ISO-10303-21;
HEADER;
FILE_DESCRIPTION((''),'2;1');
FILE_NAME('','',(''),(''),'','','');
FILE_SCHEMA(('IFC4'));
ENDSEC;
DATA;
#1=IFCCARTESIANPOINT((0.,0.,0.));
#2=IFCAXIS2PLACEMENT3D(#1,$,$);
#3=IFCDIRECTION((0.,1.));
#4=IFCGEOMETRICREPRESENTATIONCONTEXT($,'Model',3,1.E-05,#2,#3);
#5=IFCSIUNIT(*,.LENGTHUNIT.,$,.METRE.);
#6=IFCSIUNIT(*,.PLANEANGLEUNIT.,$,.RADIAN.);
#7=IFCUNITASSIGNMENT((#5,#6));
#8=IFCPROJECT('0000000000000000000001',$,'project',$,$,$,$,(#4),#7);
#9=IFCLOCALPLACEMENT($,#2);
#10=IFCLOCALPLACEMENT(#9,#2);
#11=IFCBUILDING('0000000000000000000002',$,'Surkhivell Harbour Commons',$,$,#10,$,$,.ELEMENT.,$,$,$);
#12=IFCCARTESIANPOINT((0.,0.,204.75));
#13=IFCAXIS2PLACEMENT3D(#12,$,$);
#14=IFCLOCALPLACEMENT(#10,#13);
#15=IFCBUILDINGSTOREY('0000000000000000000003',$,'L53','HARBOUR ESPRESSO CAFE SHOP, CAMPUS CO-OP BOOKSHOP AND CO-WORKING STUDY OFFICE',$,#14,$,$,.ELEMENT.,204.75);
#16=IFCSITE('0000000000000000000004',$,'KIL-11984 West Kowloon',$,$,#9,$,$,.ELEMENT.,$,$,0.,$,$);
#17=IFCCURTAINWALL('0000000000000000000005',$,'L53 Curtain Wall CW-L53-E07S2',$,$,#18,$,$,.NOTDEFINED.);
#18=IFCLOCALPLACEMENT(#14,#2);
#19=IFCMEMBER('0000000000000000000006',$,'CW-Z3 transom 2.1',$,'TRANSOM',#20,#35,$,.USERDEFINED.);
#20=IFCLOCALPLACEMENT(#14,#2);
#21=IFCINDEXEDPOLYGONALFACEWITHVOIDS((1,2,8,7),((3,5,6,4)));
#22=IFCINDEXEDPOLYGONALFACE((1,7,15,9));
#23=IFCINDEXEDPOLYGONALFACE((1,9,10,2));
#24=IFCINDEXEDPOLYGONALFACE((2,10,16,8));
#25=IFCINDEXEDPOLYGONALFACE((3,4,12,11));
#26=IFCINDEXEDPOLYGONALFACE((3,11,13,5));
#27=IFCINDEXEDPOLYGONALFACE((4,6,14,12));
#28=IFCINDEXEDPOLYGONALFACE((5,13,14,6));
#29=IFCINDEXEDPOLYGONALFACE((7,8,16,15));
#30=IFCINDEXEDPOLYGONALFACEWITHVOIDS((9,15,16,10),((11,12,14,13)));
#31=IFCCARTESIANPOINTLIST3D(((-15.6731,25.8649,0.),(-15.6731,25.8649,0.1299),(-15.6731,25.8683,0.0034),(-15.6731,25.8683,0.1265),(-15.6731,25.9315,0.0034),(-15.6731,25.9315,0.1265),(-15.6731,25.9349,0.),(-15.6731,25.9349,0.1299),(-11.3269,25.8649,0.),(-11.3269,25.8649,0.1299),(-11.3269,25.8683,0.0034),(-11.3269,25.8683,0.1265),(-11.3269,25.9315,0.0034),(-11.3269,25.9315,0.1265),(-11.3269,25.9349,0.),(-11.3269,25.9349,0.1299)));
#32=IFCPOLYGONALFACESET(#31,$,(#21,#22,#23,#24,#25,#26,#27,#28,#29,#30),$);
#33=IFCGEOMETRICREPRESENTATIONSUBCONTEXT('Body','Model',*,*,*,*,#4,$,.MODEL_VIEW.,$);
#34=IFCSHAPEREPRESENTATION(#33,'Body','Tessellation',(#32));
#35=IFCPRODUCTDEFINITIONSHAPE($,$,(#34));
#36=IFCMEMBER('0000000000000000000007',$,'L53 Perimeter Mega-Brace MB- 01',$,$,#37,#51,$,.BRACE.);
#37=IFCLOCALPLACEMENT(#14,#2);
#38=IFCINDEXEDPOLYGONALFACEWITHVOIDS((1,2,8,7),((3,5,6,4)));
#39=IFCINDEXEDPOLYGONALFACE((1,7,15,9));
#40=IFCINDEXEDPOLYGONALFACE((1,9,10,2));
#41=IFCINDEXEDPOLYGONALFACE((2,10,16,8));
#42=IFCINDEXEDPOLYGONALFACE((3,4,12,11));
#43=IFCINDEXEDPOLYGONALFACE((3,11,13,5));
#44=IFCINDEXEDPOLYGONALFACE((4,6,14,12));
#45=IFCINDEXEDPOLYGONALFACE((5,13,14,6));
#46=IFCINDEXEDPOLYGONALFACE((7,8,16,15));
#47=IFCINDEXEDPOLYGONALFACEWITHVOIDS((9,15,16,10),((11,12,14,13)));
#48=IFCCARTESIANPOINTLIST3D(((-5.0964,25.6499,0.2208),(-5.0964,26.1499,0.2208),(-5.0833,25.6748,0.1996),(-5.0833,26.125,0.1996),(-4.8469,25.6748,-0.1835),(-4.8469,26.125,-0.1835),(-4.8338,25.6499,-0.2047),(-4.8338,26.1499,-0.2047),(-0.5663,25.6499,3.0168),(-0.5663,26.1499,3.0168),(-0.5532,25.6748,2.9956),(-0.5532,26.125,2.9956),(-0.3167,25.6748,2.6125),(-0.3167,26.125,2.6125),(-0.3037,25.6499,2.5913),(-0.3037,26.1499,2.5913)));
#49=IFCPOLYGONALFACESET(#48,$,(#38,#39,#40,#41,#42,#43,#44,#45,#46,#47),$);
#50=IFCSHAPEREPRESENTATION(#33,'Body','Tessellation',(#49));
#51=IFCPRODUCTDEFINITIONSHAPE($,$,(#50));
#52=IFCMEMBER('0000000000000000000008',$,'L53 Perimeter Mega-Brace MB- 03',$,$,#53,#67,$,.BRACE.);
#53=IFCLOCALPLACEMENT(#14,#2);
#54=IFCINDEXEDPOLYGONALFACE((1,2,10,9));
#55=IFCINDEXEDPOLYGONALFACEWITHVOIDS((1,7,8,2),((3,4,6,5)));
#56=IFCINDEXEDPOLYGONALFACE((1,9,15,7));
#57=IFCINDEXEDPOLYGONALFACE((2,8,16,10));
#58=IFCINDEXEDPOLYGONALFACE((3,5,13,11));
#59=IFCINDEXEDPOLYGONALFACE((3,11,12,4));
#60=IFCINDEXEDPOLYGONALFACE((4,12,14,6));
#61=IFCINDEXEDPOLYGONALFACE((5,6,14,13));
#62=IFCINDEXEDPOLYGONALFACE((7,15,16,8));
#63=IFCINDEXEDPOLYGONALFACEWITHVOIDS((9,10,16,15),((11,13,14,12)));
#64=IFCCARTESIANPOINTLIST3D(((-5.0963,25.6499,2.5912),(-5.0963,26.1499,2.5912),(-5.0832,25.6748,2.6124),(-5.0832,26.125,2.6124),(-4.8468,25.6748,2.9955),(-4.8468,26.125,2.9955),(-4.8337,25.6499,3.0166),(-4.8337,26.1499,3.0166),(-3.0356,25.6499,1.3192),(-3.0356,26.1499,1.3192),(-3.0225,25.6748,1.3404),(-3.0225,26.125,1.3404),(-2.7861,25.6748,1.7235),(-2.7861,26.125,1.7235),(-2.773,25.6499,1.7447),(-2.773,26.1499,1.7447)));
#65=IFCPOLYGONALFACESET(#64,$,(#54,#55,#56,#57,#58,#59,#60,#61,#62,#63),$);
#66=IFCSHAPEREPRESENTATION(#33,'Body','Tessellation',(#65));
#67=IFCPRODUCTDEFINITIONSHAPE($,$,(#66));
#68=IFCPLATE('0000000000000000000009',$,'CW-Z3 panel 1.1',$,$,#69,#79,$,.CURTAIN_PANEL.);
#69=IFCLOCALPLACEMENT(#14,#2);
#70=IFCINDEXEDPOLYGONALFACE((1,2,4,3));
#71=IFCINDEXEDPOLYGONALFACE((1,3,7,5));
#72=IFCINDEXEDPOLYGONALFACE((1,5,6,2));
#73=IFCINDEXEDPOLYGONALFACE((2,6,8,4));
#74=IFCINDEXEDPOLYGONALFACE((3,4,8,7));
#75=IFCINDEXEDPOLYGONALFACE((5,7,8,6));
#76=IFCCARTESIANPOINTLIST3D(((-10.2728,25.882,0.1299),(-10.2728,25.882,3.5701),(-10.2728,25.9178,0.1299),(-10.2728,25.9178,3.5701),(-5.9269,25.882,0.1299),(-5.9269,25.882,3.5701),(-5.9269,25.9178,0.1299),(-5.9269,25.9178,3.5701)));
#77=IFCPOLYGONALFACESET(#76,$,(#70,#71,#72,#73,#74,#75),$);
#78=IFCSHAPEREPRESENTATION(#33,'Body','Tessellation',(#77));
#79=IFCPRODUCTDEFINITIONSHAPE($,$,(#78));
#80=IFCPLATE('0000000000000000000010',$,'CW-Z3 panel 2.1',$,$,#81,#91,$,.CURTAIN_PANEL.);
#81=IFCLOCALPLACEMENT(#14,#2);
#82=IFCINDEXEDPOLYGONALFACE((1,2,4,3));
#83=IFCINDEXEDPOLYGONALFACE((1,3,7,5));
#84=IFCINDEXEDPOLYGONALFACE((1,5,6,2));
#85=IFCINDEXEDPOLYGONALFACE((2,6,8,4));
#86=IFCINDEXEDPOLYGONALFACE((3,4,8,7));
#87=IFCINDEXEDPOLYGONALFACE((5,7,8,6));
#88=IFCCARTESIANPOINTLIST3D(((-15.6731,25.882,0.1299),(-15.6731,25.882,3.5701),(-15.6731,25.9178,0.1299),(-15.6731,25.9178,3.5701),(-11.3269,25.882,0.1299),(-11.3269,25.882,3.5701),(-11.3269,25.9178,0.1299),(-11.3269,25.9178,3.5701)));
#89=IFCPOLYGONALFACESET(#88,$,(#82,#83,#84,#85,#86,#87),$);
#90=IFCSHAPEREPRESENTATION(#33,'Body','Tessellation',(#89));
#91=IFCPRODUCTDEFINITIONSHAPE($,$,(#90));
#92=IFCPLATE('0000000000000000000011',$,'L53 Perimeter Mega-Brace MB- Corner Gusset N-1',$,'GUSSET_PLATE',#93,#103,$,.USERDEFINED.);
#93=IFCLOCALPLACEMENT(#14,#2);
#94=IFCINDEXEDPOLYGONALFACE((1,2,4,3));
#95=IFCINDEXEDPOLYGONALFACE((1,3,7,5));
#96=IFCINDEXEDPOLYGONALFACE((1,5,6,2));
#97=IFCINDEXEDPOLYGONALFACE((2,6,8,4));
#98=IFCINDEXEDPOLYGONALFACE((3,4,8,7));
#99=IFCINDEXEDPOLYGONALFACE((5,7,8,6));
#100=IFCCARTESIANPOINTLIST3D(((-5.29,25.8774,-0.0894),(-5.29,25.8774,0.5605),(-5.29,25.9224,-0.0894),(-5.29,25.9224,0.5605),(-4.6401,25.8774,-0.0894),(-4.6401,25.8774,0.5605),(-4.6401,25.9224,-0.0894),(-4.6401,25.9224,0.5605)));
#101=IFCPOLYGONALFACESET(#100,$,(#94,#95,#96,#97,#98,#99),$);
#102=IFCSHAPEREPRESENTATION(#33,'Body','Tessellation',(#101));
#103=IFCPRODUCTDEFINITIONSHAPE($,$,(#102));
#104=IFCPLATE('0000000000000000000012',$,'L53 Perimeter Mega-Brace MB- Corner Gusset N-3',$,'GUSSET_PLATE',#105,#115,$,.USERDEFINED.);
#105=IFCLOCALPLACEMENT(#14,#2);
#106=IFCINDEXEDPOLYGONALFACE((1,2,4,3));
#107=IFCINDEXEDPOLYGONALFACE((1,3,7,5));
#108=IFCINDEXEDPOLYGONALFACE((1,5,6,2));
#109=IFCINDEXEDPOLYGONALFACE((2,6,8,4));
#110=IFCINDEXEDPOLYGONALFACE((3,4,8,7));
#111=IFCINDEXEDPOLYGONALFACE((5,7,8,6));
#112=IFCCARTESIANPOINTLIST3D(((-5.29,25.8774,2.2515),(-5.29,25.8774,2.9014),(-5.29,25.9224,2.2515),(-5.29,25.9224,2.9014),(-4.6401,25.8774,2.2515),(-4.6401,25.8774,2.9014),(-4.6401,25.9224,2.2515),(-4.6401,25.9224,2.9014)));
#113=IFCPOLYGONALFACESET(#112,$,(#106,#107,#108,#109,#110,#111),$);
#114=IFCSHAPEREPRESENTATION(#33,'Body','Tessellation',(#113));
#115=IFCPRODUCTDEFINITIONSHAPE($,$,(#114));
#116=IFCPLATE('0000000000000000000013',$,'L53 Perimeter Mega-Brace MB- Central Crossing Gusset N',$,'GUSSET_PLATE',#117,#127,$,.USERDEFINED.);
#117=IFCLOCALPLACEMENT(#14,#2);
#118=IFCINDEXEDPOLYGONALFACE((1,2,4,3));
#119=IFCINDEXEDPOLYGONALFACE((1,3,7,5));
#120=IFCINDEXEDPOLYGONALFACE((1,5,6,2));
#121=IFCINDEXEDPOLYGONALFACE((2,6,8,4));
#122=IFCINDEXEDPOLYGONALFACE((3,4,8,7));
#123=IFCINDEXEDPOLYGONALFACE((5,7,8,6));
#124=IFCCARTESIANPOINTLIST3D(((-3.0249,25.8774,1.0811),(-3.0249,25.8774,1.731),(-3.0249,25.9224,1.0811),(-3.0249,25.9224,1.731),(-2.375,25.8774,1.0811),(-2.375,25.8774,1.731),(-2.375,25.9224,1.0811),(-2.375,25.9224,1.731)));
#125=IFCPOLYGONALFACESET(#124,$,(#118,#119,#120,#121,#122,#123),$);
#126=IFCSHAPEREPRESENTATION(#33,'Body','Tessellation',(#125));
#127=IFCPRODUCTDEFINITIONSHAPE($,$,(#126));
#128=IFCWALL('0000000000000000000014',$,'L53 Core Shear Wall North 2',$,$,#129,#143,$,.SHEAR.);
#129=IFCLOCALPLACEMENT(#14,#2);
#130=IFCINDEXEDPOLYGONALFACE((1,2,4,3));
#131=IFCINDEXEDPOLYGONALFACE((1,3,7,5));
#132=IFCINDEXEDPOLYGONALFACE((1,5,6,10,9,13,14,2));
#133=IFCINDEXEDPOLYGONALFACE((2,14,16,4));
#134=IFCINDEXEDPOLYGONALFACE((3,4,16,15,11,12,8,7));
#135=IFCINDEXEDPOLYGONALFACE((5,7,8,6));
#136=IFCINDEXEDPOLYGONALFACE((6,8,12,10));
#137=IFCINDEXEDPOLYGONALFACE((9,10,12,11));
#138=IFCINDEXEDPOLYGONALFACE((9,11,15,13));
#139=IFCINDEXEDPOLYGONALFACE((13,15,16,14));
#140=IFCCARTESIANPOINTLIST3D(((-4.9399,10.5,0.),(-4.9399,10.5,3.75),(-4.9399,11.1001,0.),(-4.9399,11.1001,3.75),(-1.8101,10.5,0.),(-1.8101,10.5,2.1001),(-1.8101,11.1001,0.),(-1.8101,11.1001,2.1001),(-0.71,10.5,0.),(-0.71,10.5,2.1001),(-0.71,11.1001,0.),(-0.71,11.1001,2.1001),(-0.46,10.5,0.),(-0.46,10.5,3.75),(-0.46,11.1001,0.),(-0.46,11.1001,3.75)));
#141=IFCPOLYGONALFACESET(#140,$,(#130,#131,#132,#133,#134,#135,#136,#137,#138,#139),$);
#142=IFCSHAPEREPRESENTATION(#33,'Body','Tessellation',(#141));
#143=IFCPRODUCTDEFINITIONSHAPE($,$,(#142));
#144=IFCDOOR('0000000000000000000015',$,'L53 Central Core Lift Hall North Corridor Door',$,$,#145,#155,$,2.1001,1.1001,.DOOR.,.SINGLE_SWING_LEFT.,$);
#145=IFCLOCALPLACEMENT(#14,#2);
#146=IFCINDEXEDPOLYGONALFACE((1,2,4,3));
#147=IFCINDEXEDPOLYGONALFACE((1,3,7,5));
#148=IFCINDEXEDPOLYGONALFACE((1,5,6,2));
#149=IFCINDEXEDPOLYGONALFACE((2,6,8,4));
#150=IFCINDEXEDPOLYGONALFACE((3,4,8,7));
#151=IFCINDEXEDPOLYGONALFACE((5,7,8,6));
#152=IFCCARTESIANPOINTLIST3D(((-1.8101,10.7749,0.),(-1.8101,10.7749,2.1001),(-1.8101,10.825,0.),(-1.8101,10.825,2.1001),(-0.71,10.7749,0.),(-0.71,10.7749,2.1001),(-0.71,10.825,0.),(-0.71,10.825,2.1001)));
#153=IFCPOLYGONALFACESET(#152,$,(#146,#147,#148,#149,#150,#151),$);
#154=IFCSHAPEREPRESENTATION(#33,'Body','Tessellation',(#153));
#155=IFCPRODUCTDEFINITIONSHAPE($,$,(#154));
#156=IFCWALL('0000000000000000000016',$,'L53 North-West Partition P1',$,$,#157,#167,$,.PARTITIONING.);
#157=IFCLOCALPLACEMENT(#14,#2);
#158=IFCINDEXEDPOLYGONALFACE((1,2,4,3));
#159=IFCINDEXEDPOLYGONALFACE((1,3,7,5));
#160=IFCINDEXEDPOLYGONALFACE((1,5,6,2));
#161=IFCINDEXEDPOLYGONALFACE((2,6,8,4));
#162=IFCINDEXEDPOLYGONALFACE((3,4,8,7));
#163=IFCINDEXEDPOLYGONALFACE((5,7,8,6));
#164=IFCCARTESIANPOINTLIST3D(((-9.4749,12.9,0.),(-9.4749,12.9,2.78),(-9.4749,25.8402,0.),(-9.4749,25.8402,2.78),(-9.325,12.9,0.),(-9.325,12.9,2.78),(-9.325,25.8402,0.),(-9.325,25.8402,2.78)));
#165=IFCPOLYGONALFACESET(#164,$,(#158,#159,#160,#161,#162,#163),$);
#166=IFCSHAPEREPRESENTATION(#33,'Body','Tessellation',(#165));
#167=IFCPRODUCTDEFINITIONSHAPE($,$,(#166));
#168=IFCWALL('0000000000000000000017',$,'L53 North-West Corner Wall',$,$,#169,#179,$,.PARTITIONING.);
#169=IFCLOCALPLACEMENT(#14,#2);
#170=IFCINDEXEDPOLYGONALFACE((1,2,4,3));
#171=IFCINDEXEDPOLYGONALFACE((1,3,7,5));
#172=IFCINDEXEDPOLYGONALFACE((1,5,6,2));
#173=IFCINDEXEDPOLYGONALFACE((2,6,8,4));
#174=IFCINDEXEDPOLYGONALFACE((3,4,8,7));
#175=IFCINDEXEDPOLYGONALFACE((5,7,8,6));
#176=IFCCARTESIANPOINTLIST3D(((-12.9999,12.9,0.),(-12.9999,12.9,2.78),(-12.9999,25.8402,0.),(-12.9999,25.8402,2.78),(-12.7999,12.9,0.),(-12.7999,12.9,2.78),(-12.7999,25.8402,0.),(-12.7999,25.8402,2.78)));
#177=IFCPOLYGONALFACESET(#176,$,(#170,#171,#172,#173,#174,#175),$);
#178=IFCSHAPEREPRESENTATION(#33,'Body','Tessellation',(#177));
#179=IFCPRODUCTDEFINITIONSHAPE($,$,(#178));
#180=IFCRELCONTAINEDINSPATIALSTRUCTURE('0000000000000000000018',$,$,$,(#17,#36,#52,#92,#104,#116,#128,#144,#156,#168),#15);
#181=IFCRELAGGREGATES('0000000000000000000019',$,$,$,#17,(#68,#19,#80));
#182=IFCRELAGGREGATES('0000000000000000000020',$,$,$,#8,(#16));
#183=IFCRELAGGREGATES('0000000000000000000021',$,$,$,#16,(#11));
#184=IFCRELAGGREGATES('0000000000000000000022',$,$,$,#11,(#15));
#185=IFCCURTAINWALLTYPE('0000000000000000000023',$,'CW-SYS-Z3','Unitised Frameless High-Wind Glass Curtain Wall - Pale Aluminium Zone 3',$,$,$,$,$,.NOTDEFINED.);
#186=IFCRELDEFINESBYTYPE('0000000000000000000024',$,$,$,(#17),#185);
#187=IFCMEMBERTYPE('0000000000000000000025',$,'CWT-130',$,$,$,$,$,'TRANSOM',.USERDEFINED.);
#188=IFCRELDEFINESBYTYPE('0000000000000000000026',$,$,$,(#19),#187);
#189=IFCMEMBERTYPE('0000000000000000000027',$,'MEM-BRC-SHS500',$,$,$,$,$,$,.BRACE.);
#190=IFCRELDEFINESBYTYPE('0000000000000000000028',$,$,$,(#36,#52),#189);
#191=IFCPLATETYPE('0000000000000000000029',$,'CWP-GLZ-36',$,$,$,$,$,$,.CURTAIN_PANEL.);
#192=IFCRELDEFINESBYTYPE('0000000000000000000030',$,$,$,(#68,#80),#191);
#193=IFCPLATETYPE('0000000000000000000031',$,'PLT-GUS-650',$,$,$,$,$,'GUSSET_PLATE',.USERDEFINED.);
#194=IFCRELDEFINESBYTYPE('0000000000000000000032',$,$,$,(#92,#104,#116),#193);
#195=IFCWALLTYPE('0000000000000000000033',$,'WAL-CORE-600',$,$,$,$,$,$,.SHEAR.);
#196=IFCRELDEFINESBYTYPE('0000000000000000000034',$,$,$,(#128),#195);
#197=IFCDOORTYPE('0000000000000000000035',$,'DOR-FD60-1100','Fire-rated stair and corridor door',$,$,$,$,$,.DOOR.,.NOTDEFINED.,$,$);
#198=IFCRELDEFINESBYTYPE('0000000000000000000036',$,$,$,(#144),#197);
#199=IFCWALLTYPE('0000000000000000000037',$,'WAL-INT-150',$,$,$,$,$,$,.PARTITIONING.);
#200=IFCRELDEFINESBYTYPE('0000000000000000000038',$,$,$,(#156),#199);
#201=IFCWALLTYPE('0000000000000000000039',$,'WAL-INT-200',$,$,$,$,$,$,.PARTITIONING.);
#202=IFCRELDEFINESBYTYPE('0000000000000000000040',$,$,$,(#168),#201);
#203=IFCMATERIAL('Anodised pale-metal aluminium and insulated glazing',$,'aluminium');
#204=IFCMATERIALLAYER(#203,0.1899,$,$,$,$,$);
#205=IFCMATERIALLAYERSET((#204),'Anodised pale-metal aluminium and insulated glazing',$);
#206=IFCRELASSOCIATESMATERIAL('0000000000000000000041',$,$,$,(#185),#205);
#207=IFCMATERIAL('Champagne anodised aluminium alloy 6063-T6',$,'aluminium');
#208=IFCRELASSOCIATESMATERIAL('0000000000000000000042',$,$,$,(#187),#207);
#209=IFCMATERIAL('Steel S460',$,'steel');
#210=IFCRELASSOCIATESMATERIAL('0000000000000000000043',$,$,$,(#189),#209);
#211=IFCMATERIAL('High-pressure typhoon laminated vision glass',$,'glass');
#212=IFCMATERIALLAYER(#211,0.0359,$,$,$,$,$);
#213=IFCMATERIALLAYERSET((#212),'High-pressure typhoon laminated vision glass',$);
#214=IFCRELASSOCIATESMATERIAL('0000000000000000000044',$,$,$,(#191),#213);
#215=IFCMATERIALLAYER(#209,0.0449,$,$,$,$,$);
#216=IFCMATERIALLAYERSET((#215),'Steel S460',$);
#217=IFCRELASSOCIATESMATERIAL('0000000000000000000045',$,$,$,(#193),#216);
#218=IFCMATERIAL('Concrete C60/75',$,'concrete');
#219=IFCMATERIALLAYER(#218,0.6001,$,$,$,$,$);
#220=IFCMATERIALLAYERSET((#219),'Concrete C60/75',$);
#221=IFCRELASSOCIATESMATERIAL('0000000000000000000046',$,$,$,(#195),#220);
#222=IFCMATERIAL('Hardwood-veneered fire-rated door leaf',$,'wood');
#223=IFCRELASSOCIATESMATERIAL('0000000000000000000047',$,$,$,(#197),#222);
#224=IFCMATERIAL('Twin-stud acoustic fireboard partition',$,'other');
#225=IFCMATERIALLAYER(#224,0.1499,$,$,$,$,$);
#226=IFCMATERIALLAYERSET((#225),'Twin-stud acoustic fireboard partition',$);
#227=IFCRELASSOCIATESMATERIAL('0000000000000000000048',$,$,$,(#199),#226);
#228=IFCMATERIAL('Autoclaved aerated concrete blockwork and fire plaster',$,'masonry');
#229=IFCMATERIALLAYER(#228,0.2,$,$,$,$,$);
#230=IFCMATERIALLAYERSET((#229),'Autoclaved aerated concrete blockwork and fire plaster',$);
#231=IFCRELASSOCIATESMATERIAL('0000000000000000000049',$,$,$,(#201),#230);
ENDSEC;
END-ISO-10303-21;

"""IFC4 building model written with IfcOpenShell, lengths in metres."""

from ifc_helpers import new_model, si_unit, direction, frame, frame_2d, origin, origin_2d, place, context, subcontext, project, spatial, rectangle, hollow_rectangle, extrude, material, layer, layer_set, material_profile, profile_set, type_object, element, fill, aggregate, save


model = new_model("IFC4")

# Units and contexts
model_context = context("Model", 3, precision=1e-05, world=origin(), true_north=direction((0.0, 1.0)))
body_context = subcontext(model_context, "Body", "Model", "MODEL_VIEW")
ifc_project = project(units=[si_unit("LENGTHUNIT", "METRE"), si_unit("PLANEANGLEUNIT", "RADIAN")], contexts=[model_context])

# Site, building, storey
site_placement = place(None, origin())
site = spatial("IfcSite", under=ifc_project, at=site_placement, Name="KIL-11984 West Kowloon", CompositionType="ELEMENT", RefElevation=0.0)
building_placement = place(site_placement, origin())
building = spatial("IfcBuilding", under=site, at=building_placement, Name="Surkhivell Harbour Commons", CompositionType="ELEMENT")
storey_placement = place(building_placement, frame((0.0, 0.0, 204.75)))
storey = spatial("IfcBuildingStorey", under=building, at=storey_placement, Name="L53", Description="HARBOUR ESPRESSO CAFE SHOP, CAMPUS CO-OP BOOKSHOP AND CO-WORKING STUDY OFFICE", CompositionType="ELEMENT", Elevation=204.75)

# Shared definitions
ifc_material_1 = material(Name="Concrete C60/75", Category="concrete")

# Curtain wall, member
ifc_material_2 = material(Name="Anodised pale-metal aluminium and insulated glazing", Category="aluminium")
ifc_layer_1 = layer(ifc_material_2, 0.1899)
ifc_layer_set_1 = layer_set([ifc_layer_1], Name="Anodised pale-metal aluminium and insulated glazing")
curtain_wall_type = type_object("IfcCurtainWallType", Name="CW-SYS-Z3", Description="Unitised Frameless High-Wind Glass Curtain Wall - Pale Aluminium Zone 3", PredefinedType="NOTDEFINED", material=ifc_layer_set_1)
curtain_wall_placement = place(storey_placement, origin())
curtain_wall = element("IfcCurtainWall", 1, at=curtain_wall_placement, inside=storey, type_object=curtain_wall_type, Name="L53 Curtain Wall CW-L53-E07S2", PredefinedType="NOTDEFINED")
ifc_material_3 = material(Name="Champagne anodised aluminium alloy 6063-T6", Category="aluminium")
ifc_material_profile_1 = material_profile(ifc_material_3, hollow_rectangle(XDim=0.0701, YDim=0.1299, WallThickness=0.0034, at=origin_2d()), Name="ALU-TRAN-70x130")
ifc_profile_set_1 = profile_set([ifc_material_profile_1], Name="Champagne anodised aluminium alloy 6063-T6")
member_type_1 = type_object("IfcMemberType", Name="CWT-130", ElementType="TRANSOM", PredefinedType="USERDEFINED", material=ifc_profile_set_1)
member_1_placement = place(storey_placement, frame((-11.3269, 25.8999, 0.0649), z_axis=(-1.0, 0.0, 0.0), x_axis=(0.0, -1.0, 0.0)))
member_1 = element("IfcMember", 2, at=member_1_placement, type_object=member_type_1, Name="CW-Z3 transom 2.1", ObjectType="TRANSOM", PredefinedType="USERDEFINED", context=body_context, shape_type="SweptSolid", body=[
    extrude(hollow_rectangle(XDim=0.0701, YDim=0.1299, WallThickness=0.0034, at=origin_2d()), origin(), (0.0, 0.0, 1.0), 4.3462),
])

# Members
ifc_material_4 = material(Name="Steel S460", Category="steel")
ifc_material_profile_2 = material_profile(ifc_material_4, hollow_rectangle(XDim=0.5, YDim=0.5, WallThickness=0.0249, at=origin_2d()), Name="SHS500x500x25")
ifc_profile_set_2 = profile_set([ifc_material_profile_2], Name="Steel S460")
member_type_2 = type_object("IfcMemberType", Name="MEM-BRC-SHS500", PredefinedType="BRACE", material=ifc_profile_set_2)
member_2_placement = place(storey_placement, frame((-4.9651, 25.8999, 0.0081), z_axis=(0.850971, 0.0, 0.525213), x_axis=(0.0, 1.0, 0.0)))
element("IfcMember", 3, at=member_2_placement, inside=storey, type_object=member_type_2, Name="L53 Perimeter Mega-Brace MB- 01", PredefinedType="BRACE", context=body_context, shape_type="SweptSolid", body=[
    extrude(hollow_rectangle(XDim=0.5, YDim=0.5, WallThickness=0.0249, at=origin_2d()), origin(), (0.0, 0.0, 1.0), 5.3235),
])
member_3_placement = place(storey_placement, frame((-2.9043, 25.8999, 1.532), z_axis=(-0.850958, 0.0, 0.525233), x_axis=(0.0, -1.0, 0.0)))
element("IfcMember", 4, at=member_3_placement, inside=storey, type_object=member_type_2, Name="L53 Perimeter Mega-Brace MB- 03", PredefinedType="BRACE", context=body_context, shape_type="SweptSolid", body=[
    extrude(hollow_rectangle(XDim=0.5, YDim=0.5, WallThickness=0.0249, at=origin_2d()), origin(), (0.0, 0.0, 1.0), 2.4216),
])

# Plates
ifc_material_5 = material(Name="High-pressure typhoon laminated vision glass", Category="glass")
ifc_layer_2 = layer(ifc_material_5, 0.0359)
ifc_layer_set_2 = layer_set([ifc_layer_2], Name="High-pressure typhoon laminated vision glass")
plate_type_1 = type_object("IfcPlateType", Name="CWP-GLZ-36", PredefinedType="CURTAIN_PANEL", material=ifc_layer_set_2)
plate_1_placement = place(storey_placement, frame((-5.927, 25.8999, 0.1299), z_axis=(0.0, 0.0, 1.0), x_axis=(-1.0, 0.0, 0.0)))
plate_1 = element("IfcPlate", 5, at=plate_1_placement, type_object=plate_type_1, Name="CW-Z3 panel 1.1", PredefinedType="CURTAIN_PANEL", context=body_context, shape_type="SweptSolid", body=[
    extrude(rectangle(XDim=4.3459, YDim=0.0359, at=frame_2d((2.1729, 0.0))), origin(), (0.0, 0.0, 1.0), 3.4402),
])
plate_2_placement = place(storey_placement, frame((-11.3269, 25.8999, 0.1299), z_axis=(0.0, 0.0, 1.0), x_axis=(-1.0, 0.0, 0.0)))
plate_2 = element("IfcPlate", 6, at=plate_2_placement, type_object=plate_type_1, Name="CW-Z3 panel 2.1", PredefinedType="CURTAIN_PANEL", context=body_context, shape_type="SweptSolid", body=[
    extrude(rectangle(XDim=4.3462, YDim=0.0359, at=frame_2d((2.1731, 0.0))), origin(), (0.0, 0.0, 1.0), 3.4402),
])
aggregate(curtain_wall, [plate_1, member_1, plate_2])

# Plates
ifc_layer_3 = layer(ifc_material_4, 0.0449)
ifc_layer_set_3 = layer_set([ifc_layer_3], Name="Steel S460")
plate_type_2 = type_object("IfcPlateType", Name="PLT-GUS-650", ElementType="GUSSET_PLATE", PredefinedType="USERDEFINED", material=ifc_layer_set_3)
for number, where, z_axis, x_axis, name in (
    (7, (-4.9651, 25.8999, -0.0894), (0.0, 0.0, 1.0), (1.0, 0.0, 0.0), "L53 Perimeter Mega-Brace MB- Corner Gusset N-1"),
    (8, (-4.9651, 25.8999, 2.2515), (0.0, 0.0, 1.0), (1.0, 0.0, 0.0), "L53 Perimeter Mega-Brace MB- Corner Gusset N-3"),
    (9, (-2.7, 25.8999, 1.0811), (0.0, 0.0, 1.0), (1.0, 0.0, 0.0), "L53 Perimeter Mega-Brace MB- Central Crossing Gusset N"),
):
    element("IfcPlate", number, at=place(storey_placement, frame(where, z_axis=z_axis, x_axis=x_axis)), inside=storey, type_object=plate_type_2, Name=name, ObjectType="GUSSET_PLATE", PredefinedType="USERDEFINED", context=body_context, shape_type="SweptSolid", body=[
        extrude(rectangle(XDim=0.6499, YDim=0.0449, at=origin_2d()), origin(), (0.0, 0.0, 1.0), 0.6499),
    ])

# Wall, opening, door
ifc_layer_4 = layer(ifc_material_1, 0.6001)
ifc_layer_set_4 = layer_set([ifc_layer_4], Name="Concrete C60/75")
wall_type_1 = type_object("IfcWallType", Name="WAL-CORE-600", PredefinedType="SHEAR", material=ifc_layer_set_4)
wall_1_placement = place(storey_placement, frame((-4.9399, 10.8, 0.0), z_axis=(0.0, 0.0, 1.0), x_axis=(1.0, 0.0, 0.0)))
wall_1 = element("IfcWall", 10, at=wall_1_placement, inside=storey, type_object=wall_type_1, Name="L53 Core Shear Wall North 2", PredefinedType="SHEAR", context=body_context, shape_type="SweptSolid", body=[
    extrude(rectangle(XDim=4.48, YDim=0.6001, at=frame_2d((2.24, 0.0))), origin(), (0.0, 0.0, 1.0), 3.75),
])
opening_1_placement = place(wall_1_placement, frame((3.1299, 0.0, 0.0)))
opening_1 = element("IfcOpeningElement", 11, at=opening_1_placement, cuts=wall_1, PredefinedType="OPENING", context=body_context, shape_type="SweptSolid", body=[
    extrude(rectangle(XDim=1.1001, YDim=2.1001, at=frame_2d((0.55, 1.05))), frame((0.0, 0.3101, 0.0), z_axis=(0.0, -1.0, 0.0), x_axis=(1.0, 0.0, 0.0)), (0.0, 0.0, 1.0), 0.6201),
])
ifc_material_6 = material(Name="Hardwood-veneered fire-rated door leaf", Category="wood")
door_type_1 = type_object("IfcDoorType", Name="DOR-FD60-1100", Description="Fire-rated stair and corridor door", OperationType="NOTDEFINED", PredefinedType="DOOR", material=ifc_material_6)
door_1_placement = place(opening_1_placement, origin())
door_1 = element("IfcDoor", 12, at=door_1_placement, inside=storey, type_object=door_type_1, Name="L53 Central Core Lift Hall North Corridor Door", OperationType="SINGLE_SWING_LEFT", OverallHeight=2.1001, OverallWidth=1.1001, PredefinedType="DOOR", context=body_context, shape_type="SweptSolid", body=[
    extrude(rectangle(XDim=1.1001, YDim=2.1001, at=frame_2d((0.55, 1.05))), frame((0.0, 0.0249, 0.0), z_axis=(0.0, -1.0, 0.0), x_axis=(1.0, 0.0, 0.0)), (0.0, 0.0, 1.0), 0.05),
])
fill(opening_1, door_1)

# Walls
ifc_material_7 = material(Name="Twin-stud acoustic fireboard partition", Category="other")
ifc_layer_5 = layer(ifc_material_7, 0.1499)
ifc_layer_set_5 = layer_set([ifc_layer_5], Name="Twin-stud acoustic fireboard partition")
wall_type_2 = type_object("IfcWallType", Name="WAL-INT-150", PredefinedType="PARTITIONING", material=ifc_layer_set_5)
wall_2_placement = place(storey_placement, frame((-9.3999, 12.8999, 0.0), z_axis=(0.0, 0.0, 1.0), x_axis=(0.0, 1.0, 0.0)))
element("IfcWall", 13, at=wall_2_placement, inside=storey, type_object=wall_type_2, Name="L53 North-West Partition P1", PredefinedType="PARTITIONING", context=body_context, shape_type="SweptSolid", body=[
    extrude(rectangle(XDim=12.9402, YDim=0.1499, at=frame_2d((6.4702, 0.0))), origin(), (0.0, 0.0, 1.0), 2.78),
])
ifc_material_8 = material(Name="Autoclaved aerated concrete blockwork and fire plaster", Category="masonry")
ifc_layer_6 = layer(ifc_material_8, 0.2)
ifc_layer_set_6 = layer_set([ifc_layer_6], Name="Autoclaved aerated concrete blockwork and fire plaster")
wall_type_3 = type_object("IfcWallType", Name="WAL-INT-200", PredefinedType="PARTITIONING", material=ifc_layer_set_6)
wall_3_placement = place(storey_placement, frame((-12.8999, 12.8999, 0.0), z_axis=(0.0, 0.0, 1.0), x_axis=(0.0, 1.0, 0.0)))
element("IfcWall", 14, at=wall_3_placement, inside=storey, type_object=wall_type_3, Name="L53 North-West Corner Wall", PredefinedType="PARTITIONING", context=body_context, shape_type="SweptSolid", body=[
    extrude(rectangle(XDim=12.9402, YDim=0.2, at=frame_2d((6.4702, 0.0))), origin(), (0.0, 0.0, 1.0), 2.78),
])

save(model, "model.ifc")
